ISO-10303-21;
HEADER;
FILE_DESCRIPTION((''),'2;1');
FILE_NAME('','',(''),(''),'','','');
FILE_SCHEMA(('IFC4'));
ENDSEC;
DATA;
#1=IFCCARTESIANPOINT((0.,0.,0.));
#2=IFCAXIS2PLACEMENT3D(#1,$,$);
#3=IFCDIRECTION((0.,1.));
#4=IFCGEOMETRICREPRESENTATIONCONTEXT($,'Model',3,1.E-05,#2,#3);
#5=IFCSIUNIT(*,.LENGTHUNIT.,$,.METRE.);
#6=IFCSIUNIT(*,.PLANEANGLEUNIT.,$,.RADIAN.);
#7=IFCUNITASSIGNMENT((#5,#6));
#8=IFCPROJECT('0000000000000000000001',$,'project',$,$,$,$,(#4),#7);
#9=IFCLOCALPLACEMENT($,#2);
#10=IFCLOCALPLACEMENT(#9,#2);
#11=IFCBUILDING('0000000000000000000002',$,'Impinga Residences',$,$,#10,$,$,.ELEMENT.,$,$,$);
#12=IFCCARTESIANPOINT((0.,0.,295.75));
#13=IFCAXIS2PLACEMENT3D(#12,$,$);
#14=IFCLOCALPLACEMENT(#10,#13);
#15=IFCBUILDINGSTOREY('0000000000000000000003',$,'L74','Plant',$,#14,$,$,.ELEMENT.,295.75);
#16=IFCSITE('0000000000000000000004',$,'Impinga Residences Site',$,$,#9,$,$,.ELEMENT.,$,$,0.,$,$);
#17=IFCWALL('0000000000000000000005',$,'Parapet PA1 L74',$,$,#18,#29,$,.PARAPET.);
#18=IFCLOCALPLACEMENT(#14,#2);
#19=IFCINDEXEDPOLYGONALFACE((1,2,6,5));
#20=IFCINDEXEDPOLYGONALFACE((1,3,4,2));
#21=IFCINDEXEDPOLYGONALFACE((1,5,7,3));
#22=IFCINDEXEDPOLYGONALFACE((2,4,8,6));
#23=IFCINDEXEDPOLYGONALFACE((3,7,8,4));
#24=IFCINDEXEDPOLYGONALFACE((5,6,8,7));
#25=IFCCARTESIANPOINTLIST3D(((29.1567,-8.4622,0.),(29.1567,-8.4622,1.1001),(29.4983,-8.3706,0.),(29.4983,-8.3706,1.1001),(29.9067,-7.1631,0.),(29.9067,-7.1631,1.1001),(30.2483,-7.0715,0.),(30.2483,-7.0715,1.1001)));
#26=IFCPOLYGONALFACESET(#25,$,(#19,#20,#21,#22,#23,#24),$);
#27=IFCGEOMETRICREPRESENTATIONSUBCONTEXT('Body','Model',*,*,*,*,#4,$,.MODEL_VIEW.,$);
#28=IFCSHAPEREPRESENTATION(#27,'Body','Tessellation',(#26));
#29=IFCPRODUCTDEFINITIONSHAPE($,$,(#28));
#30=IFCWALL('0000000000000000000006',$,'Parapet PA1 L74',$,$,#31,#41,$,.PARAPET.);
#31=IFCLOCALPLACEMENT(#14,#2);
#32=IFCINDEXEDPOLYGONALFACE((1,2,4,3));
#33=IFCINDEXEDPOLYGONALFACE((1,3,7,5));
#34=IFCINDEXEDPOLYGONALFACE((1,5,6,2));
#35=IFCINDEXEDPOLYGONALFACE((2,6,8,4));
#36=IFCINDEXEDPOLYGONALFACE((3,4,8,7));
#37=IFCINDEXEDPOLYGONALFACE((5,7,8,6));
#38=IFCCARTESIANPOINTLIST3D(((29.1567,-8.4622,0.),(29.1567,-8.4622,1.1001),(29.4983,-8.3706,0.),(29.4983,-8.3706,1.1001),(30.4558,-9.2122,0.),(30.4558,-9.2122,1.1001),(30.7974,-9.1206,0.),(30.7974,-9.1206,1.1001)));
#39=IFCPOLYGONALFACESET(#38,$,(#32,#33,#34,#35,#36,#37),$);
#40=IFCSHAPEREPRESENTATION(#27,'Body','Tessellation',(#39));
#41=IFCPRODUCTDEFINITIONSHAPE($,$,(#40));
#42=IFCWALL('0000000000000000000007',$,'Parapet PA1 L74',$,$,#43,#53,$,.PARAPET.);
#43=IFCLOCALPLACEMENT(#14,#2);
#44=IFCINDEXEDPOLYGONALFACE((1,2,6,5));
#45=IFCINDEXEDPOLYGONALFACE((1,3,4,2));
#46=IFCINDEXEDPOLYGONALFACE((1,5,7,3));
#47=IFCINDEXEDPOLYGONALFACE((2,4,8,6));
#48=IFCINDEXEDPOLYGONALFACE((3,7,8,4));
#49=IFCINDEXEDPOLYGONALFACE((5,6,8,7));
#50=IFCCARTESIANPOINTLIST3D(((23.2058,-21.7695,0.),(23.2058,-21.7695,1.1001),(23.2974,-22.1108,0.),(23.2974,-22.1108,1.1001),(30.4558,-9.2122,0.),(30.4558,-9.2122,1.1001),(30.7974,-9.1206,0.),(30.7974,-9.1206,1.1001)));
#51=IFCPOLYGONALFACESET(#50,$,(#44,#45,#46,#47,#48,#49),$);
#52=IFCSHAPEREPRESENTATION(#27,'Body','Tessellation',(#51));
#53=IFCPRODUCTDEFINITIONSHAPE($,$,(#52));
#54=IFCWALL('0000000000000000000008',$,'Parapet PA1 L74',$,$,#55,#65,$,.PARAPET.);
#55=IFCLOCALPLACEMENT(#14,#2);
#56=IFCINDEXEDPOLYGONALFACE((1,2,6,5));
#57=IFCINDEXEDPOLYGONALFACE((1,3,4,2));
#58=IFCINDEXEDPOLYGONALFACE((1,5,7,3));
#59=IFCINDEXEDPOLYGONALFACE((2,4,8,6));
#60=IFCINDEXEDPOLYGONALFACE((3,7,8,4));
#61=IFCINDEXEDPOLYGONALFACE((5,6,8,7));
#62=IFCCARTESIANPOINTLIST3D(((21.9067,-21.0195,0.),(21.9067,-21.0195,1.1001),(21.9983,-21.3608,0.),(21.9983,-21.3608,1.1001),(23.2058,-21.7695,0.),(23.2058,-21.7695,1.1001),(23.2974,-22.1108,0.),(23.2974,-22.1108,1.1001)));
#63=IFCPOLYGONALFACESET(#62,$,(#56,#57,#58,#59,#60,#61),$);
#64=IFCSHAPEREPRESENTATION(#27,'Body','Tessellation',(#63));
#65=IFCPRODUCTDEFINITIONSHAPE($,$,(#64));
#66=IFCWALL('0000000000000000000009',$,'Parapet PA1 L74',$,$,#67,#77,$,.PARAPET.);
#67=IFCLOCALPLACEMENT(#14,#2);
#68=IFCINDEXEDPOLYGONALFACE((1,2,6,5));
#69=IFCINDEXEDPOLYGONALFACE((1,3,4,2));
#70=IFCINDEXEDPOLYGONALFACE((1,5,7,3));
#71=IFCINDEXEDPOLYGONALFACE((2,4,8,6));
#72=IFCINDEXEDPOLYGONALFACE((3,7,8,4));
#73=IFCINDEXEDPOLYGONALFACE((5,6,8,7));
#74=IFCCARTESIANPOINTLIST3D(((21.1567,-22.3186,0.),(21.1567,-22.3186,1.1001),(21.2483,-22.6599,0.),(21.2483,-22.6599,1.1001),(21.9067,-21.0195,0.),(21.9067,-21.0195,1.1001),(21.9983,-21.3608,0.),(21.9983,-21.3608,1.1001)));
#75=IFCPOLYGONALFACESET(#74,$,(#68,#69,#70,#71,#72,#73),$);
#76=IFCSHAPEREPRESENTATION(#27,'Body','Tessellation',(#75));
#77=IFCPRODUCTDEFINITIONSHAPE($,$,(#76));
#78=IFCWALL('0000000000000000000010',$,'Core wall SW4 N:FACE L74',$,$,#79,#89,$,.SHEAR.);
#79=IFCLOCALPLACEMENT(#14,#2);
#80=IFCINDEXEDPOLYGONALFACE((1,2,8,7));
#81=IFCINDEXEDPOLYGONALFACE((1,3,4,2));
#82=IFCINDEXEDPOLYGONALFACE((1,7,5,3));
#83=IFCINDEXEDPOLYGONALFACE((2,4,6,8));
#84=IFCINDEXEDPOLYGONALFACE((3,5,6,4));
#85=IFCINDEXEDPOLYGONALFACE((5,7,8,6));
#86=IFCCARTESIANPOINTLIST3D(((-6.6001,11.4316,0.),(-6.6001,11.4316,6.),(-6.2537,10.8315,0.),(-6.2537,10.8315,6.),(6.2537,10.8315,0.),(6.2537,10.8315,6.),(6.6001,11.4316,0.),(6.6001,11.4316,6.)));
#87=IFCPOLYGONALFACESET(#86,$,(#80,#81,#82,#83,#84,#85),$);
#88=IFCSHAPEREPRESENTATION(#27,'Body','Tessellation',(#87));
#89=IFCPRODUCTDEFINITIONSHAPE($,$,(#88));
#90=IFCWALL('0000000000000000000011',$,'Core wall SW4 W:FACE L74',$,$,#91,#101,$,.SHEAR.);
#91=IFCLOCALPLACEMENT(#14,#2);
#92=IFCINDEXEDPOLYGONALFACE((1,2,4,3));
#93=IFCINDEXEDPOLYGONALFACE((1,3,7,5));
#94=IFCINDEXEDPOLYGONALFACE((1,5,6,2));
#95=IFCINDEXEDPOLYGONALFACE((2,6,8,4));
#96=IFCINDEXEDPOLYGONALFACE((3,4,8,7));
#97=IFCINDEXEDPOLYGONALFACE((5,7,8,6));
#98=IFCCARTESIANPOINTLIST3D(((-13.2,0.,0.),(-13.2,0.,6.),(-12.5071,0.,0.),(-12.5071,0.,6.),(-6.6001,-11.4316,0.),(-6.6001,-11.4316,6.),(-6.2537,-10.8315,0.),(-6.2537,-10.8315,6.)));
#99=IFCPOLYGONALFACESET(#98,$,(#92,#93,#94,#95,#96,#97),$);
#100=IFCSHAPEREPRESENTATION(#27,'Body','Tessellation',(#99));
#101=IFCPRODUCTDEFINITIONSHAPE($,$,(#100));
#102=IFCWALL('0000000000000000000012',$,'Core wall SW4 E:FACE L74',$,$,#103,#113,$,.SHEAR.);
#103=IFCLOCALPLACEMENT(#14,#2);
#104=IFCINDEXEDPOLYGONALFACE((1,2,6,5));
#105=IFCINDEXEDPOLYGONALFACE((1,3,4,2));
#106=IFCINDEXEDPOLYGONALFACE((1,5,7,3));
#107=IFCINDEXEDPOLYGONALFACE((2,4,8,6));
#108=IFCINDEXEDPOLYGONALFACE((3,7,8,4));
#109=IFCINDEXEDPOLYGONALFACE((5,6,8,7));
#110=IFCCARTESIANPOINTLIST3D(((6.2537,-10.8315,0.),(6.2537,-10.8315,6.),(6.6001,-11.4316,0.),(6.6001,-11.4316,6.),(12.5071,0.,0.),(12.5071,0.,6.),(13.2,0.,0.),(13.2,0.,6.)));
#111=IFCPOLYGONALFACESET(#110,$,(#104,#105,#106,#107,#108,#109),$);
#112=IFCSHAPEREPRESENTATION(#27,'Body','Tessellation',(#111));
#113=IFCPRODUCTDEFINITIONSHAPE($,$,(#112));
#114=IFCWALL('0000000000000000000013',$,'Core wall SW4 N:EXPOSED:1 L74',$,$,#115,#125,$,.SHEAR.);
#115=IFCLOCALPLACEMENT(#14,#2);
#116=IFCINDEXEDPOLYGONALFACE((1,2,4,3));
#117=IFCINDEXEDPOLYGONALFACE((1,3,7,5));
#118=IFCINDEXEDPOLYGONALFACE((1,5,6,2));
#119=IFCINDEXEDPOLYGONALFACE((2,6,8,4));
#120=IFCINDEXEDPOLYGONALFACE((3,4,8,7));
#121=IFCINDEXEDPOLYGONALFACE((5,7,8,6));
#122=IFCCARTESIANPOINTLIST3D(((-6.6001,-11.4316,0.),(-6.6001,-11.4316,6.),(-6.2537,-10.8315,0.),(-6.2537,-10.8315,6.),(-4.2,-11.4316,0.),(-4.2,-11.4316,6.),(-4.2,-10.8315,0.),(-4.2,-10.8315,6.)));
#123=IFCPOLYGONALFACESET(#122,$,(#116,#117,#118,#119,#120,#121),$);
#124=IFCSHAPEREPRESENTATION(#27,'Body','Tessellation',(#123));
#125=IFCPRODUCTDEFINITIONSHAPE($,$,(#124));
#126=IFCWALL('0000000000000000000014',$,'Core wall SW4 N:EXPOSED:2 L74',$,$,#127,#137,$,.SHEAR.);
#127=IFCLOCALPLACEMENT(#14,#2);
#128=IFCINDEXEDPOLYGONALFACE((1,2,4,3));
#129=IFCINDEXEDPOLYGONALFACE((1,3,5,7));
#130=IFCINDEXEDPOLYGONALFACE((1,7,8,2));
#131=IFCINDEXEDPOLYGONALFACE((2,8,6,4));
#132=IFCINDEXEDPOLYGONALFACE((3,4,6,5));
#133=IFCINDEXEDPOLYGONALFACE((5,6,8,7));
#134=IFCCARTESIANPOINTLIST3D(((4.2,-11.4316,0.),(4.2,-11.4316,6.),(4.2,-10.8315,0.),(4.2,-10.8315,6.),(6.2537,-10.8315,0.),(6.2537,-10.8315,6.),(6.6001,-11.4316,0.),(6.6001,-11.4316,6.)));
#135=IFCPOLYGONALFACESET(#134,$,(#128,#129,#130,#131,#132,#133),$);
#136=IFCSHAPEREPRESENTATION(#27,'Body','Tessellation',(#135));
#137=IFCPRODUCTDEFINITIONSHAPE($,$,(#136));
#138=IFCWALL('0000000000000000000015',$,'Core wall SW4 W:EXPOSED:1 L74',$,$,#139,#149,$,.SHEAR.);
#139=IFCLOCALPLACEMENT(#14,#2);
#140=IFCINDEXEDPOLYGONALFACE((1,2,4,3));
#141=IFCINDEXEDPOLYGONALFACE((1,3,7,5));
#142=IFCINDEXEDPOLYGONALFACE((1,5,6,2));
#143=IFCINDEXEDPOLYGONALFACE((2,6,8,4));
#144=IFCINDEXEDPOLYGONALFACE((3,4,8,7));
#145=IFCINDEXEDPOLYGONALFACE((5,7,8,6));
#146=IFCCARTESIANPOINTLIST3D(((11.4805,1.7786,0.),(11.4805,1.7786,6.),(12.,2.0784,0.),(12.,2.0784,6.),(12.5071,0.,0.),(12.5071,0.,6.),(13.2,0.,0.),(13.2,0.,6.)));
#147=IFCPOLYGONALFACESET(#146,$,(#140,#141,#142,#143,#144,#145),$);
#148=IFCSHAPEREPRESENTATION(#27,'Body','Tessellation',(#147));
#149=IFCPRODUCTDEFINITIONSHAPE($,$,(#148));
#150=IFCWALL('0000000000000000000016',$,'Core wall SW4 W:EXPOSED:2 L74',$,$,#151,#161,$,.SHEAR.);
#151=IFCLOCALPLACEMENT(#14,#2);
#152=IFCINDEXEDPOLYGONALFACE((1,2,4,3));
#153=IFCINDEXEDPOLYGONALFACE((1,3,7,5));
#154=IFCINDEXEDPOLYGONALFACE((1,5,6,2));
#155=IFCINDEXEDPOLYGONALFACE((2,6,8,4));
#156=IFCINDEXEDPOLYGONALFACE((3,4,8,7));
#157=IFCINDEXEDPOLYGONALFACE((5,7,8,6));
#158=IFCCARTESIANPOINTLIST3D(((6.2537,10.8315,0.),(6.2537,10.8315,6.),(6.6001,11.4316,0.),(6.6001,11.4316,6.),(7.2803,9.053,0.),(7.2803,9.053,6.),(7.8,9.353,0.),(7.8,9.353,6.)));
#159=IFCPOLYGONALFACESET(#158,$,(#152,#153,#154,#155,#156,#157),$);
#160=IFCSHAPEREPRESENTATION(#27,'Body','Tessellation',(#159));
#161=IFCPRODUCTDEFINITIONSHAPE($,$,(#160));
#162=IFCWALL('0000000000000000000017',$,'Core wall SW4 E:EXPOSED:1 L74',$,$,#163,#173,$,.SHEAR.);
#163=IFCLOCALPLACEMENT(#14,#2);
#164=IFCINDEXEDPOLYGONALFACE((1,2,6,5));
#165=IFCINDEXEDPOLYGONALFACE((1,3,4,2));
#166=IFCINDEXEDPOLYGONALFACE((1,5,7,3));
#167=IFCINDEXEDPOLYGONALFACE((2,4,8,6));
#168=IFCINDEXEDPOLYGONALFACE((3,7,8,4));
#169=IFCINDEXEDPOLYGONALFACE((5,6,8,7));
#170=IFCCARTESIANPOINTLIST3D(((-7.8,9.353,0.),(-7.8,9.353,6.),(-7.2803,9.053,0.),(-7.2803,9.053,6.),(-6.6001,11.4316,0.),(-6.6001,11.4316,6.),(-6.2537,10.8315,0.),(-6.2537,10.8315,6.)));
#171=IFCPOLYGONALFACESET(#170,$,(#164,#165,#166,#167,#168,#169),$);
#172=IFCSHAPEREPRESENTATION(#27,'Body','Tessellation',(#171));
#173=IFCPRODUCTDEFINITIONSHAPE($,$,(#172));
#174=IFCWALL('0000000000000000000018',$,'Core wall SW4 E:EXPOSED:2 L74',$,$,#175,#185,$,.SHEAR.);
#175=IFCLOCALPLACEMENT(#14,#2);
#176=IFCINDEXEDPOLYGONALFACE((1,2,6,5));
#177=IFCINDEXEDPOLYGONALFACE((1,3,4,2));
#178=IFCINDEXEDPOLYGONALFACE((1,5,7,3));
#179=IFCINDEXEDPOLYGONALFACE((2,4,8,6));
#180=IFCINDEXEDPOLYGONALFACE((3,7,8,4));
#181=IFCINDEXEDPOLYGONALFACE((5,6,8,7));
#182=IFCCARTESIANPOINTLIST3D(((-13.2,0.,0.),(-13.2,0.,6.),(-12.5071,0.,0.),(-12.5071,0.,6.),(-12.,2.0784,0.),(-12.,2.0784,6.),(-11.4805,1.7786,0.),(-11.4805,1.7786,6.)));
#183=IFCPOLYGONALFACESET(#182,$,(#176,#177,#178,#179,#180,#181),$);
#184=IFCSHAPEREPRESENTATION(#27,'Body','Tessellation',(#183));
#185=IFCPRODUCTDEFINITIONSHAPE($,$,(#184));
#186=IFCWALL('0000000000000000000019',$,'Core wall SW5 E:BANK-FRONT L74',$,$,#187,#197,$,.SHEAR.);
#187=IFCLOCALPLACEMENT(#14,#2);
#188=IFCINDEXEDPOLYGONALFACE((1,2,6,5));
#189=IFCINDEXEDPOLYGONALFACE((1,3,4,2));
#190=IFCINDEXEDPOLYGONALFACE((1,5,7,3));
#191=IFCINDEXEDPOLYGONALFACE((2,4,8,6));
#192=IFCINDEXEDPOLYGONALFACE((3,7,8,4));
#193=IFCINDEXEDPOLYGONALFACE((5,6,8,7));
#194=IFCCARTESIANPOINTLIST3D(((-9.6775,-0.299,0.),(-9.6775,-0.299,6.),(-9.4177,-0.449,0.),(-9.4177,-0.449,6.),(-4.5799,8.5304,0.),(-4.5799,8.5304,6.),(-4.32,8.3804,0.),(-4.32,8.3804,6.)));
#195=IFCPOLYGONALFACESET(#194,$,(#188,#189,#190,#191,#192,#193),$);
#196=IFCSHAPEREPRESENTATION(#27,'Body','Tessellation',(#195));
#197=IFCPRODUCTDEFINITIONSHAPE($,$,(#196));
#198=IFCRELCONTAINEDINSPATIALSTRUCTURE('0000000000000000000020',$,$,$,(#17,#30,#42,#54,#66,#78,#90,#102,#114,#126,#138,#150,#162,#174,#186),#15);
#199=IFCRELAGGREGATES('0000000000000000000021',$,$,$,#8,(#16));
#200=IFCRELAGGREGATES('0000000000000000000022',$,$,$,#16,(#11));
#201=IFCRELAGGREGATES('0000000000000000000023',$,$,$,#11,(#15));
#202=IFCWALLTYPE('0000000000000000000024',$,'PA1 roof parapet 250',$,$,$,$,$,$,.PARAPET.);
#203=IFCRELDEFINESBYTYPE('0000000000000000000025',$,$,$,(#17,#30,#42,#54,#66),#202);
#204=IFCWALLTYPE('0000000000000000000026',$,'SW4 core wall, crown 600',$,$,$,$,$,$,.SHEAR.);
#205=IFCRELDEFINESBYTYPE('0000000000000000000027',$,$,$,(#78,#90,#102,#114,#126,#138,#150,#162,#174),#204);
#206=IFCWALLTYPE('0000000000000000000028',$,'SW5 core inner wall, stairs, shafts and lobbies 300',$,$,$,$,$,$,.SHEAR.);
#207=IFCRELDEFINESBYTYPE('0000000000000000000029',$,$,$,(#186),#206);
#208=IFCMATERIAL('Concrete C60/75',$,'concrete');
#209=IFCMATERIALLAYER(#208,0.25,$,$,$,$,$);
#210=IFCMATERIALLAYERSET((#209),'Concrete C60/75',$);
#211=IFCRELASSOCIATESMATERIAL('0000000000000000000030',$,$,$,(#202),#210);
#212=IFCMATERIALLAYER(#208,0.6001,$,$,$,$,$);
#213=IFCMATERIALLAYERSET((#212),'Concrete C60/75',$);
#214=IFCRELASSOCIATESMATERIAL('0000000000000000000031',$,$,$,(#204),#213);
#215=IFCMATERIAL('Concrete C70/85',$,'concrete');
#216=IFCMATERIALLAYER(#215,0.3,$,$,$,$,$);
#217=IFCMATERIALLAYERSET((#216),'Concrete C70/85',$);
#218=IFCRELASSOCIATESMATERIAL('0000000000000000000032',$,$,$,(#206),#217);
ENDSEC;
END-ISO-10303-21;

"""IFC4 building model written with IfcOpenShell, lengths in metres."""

from ifc_helpers import new_model, si_unit, direction, frame, frame_2d, origin, place, context, subcontext, project, spatial, polyline, rectangle, outline, extrude, material, layer, layer_set, type_object, element, save


model = new_model("IFC4")

# Units and contexts
model_context = context("Model", 3, precision=1e-05, world=origin(), true_north=direction((0.0, 1.0)))
body_context = subcontext(model_context, "Body", "Model", "MODEL_VIEW")
ifc_project = project(units=[si_unit("LENGTHUNIT", "METRE"), si_unit("PLANEANGLEUNIT", "RADIAN")], contexts=[model_context])

# Site, building, storey
site_placement = place(None, origin())
site = spatial("IfcSite", under=ifc_project, at=site_placement, Name="Impinga Residences Site", CompositionType="ELEMENT", RefElevation=0.0)
building_placement = place(site_placement, origin())
building = spatial("IfcBuilding", under=site, at=building_placement, Name="Impinga Residences", CompositionType="ELEMENT")
storey_placement = place(building_placement, frame((0.0, 0.0, 295.75)))
storey = spatial("IfcBuildingStorey", under=building, at=storey_placement, Name="L74", Description="Plant", CompositionType="ELEMENT", Elevation=295.75)

# Shared definitions
ifc_material_1 = material(Name="Concrete C60/75", Category="concrete")

# Walls
ifc_layer_1 = layer(ifc_material_1, 0.25)
ifc_layer_set_1 = layer_set([ifc_layer_1], Name="Concrete C60/75")
wall_type_1 = type_object("IfcWallType", Name="PA1 roof parapet 250", PredefinedType="PARAPET", material=ifc_layer_set_1)
wall_1_placement = place(storey_placement, origin())
element("IfcWall", 1, at=wall_1_placement, inside=storey, type_object=wall_type_1, Name="Parapet PA1 L74", PredefinedType="PARAPET", context=body_context, shape_type="SweptSolid", body=[
    extrude(outline(polyline([(30.2483, -7.0715), (29.4983, -8.3706), (29.1567, -8.4622), (29.9067, -7.1631), (30.2483, -7.0715)])), origin(), (0.0, 0.0, 1.0), 1.1001),
])
wall_2_placement = place(storey_placement, origin())
element("IfcWall", 2, at=wall_2_placement, inside=storey, type_object=wall_type_1, Name="Parapet PA1 L74", PredefinedType="PARAPET", context=body_context, shape_type="SweptSolid", body=[
    extrude(outline(polyline([(29.4983, -8.3706), (30.7974, -9.1206), (30.4558, -9.2122), (29.1567, -8.4622), (29.4983, -8.3706)])), origin(), (0.0, 0.0, 1.0), 1.1001),
])
wall_3_placement = place(storey_placement, origin())
element("IfcWall", 3, at=wall_3_placement, inside=storey, type_object=wall_type_1, Name="Parapet PA1 L74", PredefinedType="PARAPET", context=body_context, shape_type="SweptSolid", body=[
    extrude(outline(polyline([(30.7974, -9.1206), (23.2974, -22.1108), (23.2058, -21.7695), (30.4558, -9.2122), (30.7974, -9.1206)])), origin(), (0.0, 0.0, 1.0), 1.1001),
])
wall_4_placement = place(storey_placement, origin())
element("IfcWall", 4, at=wall_4_placement, inside=storey, type_object=wall_type_1, Name="Parapet PA1 L74", PredefinedType="PARAPET", context=body_context, shape_type="SweptSolid", body=[
    extrude(outline(polyline([(23.2974, -22.1108), (21.9983, -21.3608), (21.9067, -21.0195), (23.2058, -21.7695), (23.2974, -22.1108)])), origin(), (0.0, 0.0, 1.0), 1.1001),
])
wall_5_placement = place(storey_placement, origin())
element("IfcWall", 5, at=wall_5_placement, inside=storey, type_object=wall_type_1, Name="Parapet PA1 L74", PredefinedType="PARAPET", context=body_context, shape_type="SweptSolid", body=[
    extrude(outline(polyline([(21.9983, -21.3608), (21.2483, -22.6599), (21.1567, -22.3186), (21.9067, -21.0195), (21.9983, -21.3608)])), origin(), (0.0, 0.0, 1.0), 1.1001),
])
ifc_layer_2 = layer(ifc_material_1, 0.6001)
ifc_layer_set_2 = layer_set([ifc_layer_2], Name="Concrete C60/75")
wall_type_2 = type_object("IfcWallType", Name="SW4 core wall, crown 600", PredefinedType="SHEAR", material=ifc_layer_set_2)
wall_6_placement = place(storey_placement, origin())
element("IfcWall", 6, at=wall_6_placement, inside=storey, type_object=wall_type_2, Name="Core wall SW4 N:FACE L74", PredefinedType="SHEAR", context=body_context, shape_type="SweptSolid", body=[
    extrude(outline(polyline([(-6.6001, 11.4316), (6.6001, 11.4316), (6.2537, 10.8315), (-6.2537, 10.8315), (-6.6001, 11.4316)])), origin(), (0.0, 0.0, 1.0), 6.0),
])
wall_7_placement = place(storey_placement, origin())
element("IfcWall", 7, at=wall_7_placement, inside=storey, type_object=wall_type_2, Name="Core wall SW4 W:FACE L74", PredefinedType="SHEAR", context=body_context, shape_type="SweptSolid", body=[
    extrude(outline(polyline([(-6.6001, -11.4316), (-13.2, 0.0), (-12.5071, 0.0), (-6.2537, -10.8315), (-6.6001, -11.4316)])), origin(), (0.0, 0.0, 1.0), 6.0),
])
wall_8_placement = place(storey_placement, origin())
element("IfcWall", 8, at=wall_8_placement, inside=storey, type_object=wall_type_2, Name="Core wall SW4 E:FACE L74", PredefinedType="SHEAR", context=body_context, shape_type="SweptSolid", body=[
    extrude(outline(polyline([(13.2, 0.0), (6.6001, -11.4316), (6.2537, -10.8315), (12.5071, 0.0), (13.2, 0.0)])), origin(), (0.0, 0.0, 1.0), 6.0),
])
wall_9_placement = place(storey_placement, origin())
element("IfcWall", 9, at=wall_9_placement, inside=storey, type_object=wall_type_2, Name="Core wall SW4 N:EXPOSED:1 L74", PredefinedType="SHEAR", context=body_context, shape_type="SweptSolid", body=[
    extrude(outline(polyline([(-6.6001, -11.4316), (-4.2, -11.4316), (-4.2, -10.8315), (-6.2537, -10.8315), (-6.6001, -11.4316)])), origin(), (0.0, 0.0, 1.0), 6.0),
])
wall_10_placement = place(storey_placement, origin())
element("IfcWall", 10, at=wall_10_placement, inside=storey, type_object=wall_type_2, Name="Core wall SW4 N:EXPOSED:2 L74", PredefinedType="SHEAR", context=body_context, shape_type="SweptSolid", body=[
    extrude(outline(polyline([(4.2, -11.4316), (6.6001, -11.4316), (6.2537, -10.8315), (4.2, -10.8315), (4.2, -11.4316)])), origin(), (0.0, 0.0, 1.0), 6.0),
])
wall_11_placement = place(storey_placement, origin())
element("IfcWall", 11, at=wall_11_placement, inside=storey, type_object=wall_type_2, Name="Core wall SW4 W:EXPOSED:1 L74", PredefinedType="SHEAR", context=body_context, shape_type="SweptSolid", body=[
    extrude(outline(polyline([(13.2, 0.0), (12.0, 2.0784), (11.4805, 1.7786), (12.5071, 0.0), (13.2, 0.0)])), origin(), (0.0, 0.0, 1.0), 6.0),
])
wall_12_placement = place(storey_placement, origin())
element("IfcWall", 12, at=wall_12_placement, inside=storey, type_object=wall_type_2, Name="Core wall SW4 W:EXPOSED:2 L74", PredefinedType="SHEAR", context=body_context, shape_type="SweptSolid", body=[
    extrude(outline(polyline([(7.8, 9.353), (6.6001, 11.4316), (6.2537, 10.8315), (7.2803, 9.053), (7.8, 9.353)])), origin(), (0.0, 0.0, 1.0), 6.0),
])
wall_13_placement = place(storey_placement, origin())
element("IfcWall", 13, at=wall_13_placement, inside=storey, type_object=wall_type_2, Name="Core wall SW4 E:EXPOSED:1 L74", PredefinedType="SHEAR", context=body_context, shape_type="SweptSolid", body=[
    extrude(outline(polyline([(-6.6001, 11.4316), (-7.8, 9.353), (-7.2803, 9.053), (-6.2537, 10.8315), (-6.6001, 11.4316)])), origin(), (0.0, 0.0, 1.0), 6.0),
])
wall_14_placement = place(storey_placement, origin())
element("IfcWall", 14, at=wall_14_placement, inside=storey, type_object=wall_type_2, Name="Core wall SW4 E:EXPOSED:2 L74", PredefinedType="SHEAR", context=body_context, shape_type="SweptSolid", body=[
    extrude(outline(polyline([(-12.0, 2.0784), (-13.2, 0.0), (-12.5071, 0.0), (-11.4805, 1.7786), (-12.0, 2.0784)])), origin(), (0.0, 0.0, 1.0), 6.0),
])
ifc_material_2 = material(Name="Concrete C70/85", Category="concrete")
ifc_layer_3 = layer(ifc_material_2, 0.3)
ifc_layer_set_3 = layer_set([ifc_layer_3], Name="Concrete C70/85")
wall_type_3 = type_object("IfcWallType", Name="SW5 core inner wall, stairs, shafts and lobbies 300", PredefinedType="SHEAR", material=ifc_layer_set_3)
wall_15_placement = place(storey_placement, frame((-9.5476, -0.374, 0.0), z_axis=(0.0, 0.0, 1.0), x_axis=(0.500002, 0.866024, 0.0)))
element("IfcWall", 15, at=wall_15_placement, inside=storey, type_object=wall_type_3, Name="Core wall SW5 E:BANK-FRONT L74", PredefinedType="SHEAR", context=body_context, shape_type="SweptSolid", body=[
    extrude(rectangle(XDim=10.1953, YDim=0.3, at=frame_2d((5.0977, 0.0))), origin(), (0.0, 0.0, 1.0), 6.0),
])

save(model, "model.ifc")
